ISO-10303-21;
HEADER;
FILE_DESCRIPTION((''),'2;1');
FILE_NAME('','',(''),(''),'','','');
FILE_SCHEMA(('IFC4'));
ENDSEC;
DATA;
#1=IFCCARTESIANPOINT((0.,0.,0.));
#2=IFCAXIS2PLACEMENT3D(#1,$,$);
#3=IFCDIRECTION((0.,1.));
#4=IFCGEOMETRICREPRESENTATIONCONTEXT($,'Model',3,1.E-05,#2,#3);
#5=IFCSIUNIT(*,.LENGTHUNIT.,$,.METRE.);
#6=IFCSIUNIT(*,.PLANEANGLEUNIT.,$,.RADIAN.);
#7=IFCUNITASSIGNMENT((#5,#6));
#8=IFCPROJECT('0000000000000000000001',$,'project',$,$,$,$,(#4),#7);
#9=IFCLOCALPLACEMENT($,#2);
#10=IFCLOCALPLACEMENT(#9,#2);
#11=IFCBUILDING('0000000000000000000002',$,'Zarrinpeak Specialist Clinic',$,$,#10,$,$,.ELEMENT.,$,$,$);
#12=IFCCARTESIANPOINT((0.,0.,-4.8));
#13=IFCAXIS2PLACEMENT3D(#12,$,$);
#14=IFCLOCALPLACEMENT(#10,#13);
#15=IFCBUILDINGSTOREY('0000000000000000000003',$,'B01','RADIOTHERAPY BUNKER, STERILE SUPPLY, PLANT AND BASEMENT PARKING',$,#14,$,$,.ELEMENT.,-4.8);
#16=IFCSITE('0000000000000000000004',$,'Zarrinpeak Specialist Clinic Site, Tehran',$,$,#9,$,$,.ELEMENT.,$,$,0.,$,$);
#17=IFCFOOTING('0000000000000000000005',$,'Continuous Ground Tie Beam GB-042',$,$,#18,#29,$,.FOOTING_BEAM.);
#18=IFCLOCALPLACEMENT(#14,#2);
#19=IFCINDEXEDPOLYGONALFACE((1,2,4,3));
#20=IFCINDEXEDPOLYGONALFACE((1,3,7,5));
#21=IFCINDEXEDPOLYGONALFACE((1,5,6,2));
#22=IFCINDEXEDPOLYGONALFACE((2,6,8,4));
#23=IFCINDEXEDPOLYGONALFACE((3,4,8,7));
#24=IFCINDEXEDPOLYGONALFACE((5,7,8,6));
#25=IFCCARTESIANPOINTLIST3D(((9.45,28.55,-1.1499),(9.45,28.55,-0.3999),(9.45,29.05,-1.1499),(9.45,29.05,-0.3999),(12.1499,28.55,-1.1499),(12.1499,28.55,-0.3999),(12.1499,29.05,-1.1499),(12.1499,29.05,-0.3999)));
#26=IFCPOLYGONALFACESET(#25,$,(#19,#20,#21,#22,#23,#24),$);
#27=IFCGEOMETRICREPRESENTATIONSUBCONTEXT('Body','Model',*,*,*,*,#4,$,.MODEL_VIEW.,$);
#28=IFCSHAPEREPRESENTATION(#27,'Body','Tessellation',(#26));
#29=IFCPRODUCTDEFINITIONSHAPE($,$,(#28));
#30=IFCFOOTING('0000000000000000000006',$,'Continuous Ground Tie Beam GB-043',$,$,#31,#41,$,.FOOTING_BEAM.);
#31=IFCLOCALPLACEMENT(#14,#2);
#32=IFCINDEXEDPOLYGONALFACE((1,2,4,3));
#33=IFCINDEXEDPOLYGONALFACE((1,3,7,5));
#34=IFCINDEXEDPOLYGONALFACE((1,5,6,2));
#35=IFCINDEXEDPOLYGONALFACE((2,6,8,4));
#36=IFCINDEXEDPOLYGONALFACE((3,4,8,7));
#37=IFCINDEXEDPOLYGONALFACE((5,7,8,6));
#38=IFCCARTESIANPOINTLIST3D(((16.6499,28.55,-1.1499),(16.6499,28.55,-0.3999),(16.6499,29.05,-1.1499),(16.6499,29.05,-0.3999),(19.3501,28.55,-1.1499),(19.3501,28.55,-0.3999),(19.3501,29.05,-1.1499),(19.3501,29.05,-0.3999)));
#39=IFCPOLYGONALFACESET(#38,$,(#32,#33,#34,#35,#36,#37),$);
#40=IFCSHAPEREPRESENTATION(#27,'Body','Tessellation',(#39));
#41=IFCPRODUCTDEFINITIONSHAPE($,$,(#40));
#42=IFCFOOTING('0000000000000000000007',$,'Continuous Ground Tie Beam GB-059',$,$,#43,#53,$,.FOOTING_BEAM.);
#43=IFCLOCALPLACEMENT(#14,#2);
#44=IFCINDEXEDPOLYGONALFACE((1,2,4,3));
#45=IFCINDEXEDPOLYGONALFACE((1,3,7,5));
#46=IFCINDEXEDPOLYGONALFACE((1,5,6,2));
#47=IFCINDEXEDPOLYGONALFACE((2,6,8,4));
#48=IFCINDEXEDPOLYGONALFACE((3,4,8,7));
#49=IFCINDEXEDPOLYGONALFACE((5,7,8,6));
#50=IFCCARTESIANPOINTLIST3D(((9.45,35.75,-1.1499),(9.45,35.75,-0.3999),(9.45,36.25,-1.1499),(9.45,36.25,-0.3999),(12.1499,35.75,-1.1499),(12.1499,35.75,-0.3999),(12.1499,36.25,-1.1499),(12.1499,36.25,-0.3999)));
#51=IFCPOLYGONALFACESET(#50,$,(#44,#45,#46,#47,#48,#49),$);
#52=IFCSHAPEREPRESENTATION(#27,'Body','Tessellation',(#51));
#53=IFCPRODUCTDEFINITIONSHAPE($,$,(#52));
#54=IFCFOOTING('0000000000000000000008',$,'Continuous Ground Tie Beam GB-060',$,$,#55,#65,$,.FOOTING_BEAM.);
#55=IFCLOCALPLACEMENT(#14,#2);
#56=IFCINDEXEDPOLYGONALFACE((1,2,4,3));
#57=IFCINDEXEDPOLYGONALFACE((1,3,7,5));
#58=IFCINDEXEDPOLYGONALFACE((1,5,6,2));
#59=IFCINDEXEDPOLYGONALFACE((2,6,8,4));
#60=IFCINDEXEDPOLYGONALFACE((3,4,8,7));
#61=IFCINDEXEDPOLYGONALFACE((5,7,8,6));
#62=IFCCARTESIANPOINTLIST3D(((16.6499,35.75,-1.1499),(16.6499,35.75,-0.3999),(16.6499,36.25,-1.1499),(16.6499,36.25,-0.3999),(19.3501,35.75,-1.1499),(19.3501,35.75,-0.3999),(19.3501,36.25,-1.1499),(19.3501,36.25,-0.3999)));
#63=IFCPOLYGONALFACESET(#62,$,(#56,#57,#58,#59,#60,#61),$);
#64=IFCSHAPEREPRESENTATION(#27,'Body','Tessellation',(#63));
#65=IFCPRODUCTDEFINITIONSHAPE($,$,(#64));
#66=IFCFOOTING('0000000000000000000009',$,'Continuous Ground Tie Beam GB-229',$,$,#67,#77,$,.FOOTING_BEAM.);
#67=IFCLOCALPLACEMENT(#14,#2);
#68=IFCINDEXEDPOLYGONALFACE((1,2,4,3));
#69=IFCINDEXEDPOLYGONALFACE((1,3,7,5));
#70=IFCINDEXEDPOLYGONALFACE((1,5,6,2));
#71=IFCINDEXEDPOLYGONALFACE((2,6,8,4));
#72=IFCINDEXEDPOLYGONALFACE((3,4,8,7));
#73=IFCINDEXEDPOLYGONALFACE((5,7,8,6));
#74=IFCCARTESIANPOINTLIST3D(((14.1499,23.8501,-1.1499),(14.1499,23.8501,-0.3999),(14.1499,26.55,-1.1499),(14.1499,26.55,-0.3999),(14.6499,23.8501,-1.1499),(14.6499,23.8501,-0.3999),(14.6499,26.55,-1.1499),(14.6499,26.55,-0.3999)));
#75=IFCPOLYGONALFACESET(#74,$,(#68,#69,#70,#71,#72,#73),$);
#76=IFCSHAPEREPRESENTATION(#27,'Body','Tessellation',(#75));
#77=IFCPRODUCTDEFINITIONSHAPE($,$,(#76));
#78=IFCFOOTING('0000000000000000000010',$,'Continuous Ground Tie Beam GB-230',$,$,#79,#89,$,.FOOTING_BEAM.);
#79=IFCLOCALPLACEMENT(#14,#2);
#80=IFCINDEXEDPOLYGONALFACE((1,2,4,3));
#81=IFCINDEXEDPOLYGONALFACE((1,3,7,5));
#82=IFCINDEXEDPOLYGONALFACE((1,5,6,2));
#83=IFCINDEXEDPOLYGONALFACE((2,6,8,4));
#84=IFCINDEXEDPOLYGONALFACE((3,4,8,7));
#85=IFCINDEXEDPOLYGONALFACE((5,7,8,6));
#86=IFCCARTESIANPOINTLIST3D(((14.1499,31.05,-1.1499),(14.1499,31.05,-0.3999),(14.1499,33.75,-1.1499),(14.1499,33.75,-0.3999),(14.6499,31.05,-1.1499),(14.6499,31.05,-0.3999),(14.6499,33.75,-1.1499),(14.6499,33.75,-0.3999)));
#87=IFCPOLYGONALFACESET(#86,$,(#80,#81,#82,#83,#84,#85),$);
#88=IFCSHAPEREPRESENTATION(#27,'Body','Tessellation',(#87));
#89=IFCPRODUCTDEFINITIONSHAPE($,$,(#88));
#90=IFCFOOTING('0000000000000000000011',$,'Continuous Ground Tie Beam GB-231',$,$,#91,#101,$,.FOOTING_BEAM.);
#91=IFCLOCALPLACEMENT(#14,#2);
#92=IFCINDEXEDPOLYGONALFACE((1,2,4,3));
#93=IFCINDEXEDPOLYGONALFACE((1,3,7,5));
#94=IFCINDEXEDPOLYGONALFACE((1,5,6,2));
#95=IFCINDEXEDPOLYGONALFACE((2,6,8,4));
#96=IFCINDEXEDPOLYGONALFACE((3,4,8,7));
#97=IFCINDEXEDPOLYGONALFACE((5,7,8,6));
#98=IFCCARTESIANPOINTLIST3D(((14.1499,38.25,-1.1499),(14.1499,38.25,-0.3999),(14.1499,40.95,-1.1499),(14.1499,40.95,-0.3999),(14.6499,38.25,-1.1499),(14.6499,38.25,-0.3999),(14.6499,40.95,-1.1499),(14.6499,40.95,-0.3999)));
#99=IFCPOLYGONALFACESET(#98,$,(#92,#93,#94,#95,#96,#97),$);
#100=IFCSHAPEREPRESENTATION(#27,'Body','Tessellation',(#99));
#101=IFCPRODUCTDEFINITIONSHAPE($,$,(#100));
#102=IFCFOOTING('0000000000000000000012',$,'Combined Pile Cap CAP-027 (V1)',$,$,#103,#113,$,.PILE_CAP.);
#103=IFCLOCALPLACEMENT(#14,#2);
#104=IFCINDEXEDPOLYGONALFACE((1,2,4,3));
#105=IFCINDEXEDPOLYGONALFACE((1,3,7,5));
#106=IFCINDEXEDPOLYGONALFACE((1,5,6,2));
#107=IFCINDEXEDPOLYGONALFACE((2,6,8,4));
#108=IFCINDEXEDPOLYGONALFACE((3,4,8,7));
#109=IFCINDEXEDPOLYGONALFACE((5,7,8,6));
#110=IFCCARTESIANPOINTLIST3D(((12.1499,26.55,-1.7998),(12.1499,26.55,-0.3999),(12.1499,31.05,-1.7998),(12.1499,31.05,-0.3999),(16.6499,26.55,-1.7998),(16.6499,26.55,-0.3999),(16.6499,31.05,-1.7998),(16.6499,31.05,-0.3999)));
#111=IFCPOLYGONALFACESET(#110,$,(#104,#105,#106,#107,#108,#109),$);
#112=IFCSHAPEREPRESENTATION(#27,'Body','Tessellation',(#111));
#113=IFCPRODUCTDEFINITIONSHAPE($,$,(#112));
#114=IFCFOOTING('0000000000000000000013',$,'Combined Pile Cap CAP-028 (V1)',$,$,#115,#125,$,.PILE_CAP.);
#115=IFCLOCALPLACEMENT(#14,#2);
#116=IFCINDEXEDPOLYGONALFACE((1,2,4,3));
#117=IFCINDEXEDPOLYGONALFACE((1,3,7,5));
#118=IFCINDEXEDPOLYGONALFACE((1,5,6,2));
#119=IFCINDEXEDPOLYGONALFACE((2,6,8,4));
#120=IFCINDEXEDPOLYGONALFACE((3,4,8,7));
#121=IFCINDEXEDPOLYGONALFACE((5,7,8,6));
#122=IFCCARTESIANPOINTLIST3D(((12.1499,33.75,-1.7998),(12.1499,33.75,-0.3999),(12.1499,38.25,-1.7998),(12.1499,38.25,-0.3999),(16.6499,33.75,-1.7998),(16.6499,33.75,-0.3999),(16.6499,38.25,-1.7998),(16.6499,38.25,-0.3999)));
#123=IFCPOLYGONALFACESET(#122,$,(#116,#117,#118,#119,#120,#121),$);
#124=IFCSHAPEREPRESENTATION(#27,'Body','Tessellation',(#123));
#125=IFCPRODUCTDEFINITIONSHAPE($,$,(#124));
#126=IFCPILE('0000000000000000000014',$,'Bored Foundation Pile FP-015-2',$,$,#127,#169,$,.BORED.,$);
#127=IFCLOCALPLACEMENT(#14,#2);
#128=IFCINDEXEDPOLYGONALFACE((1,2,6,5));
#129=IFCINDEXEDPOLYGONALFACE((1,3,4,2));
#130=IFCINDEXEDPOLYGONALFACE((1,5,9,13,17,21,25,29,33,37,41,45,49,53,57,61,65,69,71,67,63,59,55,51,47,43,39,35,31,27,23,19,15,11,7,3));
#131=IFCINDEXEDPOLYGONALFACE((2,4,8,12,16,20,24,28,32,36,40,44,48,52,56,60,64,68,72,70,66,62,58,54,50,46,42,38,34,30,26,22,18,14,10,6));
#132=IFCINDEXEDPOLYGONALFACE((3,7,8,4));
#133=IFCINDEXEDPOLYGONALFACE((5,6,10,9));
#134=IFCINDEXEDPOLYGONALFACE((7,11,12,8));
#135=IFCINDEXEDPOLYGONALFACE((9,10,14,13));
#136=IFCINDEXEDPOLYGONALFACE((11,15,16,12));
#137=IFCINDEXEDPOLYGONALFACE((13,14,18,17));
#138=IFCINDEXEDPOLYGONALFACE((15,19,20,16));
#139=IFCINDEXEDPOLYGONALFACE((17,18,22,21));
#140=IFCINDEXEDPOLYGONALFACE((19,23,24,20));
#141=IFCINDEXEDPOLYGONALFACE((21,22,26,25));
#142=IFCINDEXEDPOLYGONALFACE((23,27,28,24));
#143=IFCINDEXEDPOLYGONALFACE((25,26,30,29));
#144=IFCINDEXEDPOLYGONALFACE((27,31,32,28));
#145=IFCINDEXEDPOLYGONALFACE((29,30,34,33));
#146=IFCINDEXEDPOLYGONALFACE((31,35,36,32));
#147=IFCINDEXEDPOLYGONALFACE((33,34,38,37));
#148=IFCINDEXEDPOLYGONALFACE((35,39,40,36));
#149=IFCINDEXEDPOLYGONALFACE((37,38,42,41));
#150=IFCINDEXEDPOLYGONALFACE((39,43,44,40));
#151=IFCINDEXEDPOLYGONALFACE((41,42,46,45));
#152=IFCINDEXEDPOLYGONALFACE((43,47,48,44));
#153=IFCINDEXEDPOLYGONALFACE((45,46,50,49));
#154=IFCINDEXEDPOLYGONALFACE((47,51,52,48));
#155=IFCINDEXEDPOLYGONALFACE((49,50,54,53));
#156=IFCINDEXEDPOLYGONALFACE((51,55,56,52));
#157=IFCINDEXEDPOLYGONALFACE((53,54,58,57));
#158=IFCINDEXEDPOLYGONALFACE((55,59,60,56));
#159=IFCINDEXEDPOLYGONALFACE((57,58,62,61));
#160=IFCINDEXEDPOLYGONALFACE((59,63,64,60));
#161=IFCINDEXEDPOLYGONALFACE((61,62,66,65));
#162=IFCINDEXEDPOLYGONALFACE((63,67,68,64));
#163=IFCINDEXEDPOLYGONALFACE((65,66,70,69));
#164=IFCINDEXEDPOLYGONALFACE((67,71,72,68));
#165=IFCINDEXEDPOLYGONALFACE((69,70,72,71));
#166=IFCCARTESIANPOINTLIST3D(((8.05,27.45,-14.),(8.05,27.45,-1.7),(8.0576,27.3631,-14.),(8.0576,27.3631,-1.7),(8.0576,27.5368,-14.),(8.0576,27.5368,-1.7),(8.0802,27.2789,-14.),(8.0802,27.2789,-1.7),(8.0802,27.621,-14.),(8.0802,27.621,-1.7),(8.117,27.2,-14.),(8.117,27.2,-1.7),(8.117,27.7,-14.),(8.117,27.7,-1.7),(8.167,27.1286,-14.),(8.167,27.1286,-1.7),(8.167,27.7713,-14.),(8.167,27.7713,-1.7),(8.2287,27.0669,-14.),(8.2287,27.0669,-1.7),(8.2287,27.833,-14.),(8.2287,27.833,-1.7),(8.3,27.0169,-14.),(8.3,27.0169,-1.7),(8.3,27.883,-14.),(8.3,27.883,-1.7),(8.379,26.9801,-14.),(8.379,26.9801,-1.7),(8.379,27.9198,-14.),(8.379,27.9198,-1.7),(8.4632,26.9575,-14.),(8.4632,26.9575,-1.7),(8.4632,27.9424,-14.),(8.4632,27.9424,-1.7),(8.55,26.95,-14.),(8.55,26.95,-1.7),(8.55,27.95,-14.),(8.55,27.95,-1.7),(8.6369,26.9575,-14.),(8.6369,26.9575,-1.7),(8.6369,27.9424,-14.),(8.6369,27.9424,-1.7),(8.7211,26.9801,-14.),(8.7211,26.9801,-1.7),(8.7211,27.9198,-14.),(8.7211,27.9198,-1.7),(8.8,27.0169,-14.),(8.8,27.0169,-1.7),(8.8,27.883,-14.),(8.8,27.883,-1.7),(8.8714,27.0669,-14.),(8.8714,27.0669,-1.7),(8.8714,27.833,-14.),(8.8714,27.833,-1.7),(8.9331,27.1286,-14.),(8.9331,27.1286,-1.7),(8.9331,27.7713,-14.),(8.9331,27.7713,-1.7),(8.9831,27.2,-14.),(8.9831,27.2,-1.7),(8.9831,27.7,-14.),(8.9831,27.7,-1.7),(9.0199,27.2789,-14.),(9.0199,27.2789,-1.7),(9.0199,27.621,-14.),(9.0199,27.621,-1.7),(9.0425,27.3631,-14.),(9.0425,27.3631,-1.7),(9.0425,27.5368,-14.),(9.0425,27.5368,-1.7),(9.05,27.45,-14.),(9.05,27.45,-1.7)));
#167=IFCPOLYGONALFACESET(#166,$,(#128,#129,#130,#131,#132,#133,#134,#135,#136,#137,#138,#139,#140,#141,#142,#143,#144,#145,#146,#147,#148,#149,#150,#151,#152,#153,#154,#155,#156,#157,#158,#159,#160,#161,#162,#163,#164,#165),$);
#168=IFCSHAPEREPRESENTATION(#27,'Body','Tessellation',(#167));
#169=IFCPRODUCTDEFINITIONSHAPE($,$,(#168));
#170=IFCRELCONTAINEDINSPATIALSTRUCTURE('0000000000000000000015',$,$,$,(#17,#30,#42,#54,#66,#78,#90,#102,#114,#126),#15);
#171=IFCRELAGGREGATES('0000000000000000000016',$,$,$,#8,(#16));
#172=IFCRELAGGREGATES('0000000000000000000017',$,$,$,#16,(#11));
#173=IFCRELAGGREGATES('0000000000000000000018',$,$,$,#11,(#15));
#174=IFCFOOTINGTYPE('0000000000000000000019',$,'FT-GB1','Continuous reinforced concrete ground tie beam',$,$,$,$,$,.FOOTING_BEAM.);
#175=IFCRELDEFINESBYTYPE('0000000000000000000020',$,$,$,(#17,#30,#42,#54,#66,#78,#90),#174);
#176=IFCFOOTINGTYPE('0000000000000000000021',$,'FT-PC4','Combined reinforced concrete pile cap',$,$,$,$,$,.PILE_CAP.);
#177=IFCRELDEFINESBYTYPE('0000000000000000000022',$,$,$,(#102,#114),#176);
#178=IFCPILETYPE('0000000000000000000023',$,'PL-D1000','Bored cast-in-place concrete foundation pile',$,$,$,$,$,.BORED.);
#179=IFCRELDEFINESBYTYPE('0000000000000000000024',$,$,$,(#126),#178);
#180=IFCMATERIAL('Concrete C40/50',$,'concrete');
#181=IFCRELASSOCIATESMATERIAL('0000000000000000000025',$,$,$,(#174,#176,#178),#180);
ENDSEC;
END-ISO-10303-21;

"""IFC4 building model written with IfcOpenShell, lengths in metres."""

from ifc_helpers import new_model, si_unit, direction, frame, origin, origin_2d, place, context, subcontext, project, spatial, rectangle, circle, extrude, material, material_profile, profile_set, type_object, element, save


model = new_model("IFC4")

# Units and contexts
model_context = context("Model", 3, precision=1e-05, world=origin(), true_north=direction((0.0, 1.0)))
body_context = subcontext(model_context, "Body", "Model", "MODEL_VIEW")
ifc_project = project(units=[si_unit("LENGTHUNIT", "METRE"), si_unit("PLANEANGLEUNIT", "RADIAN")], contexts=[model_context])

# Site, building, storey
site_placement = place(None, origin())
site = spatial("IfcSite", under=ifc_project, at=site_placement, Name="Zarrinpeak Specialist Clinic Site, Tehran", CompositionType="ELEMENT", RefElevation=0.0)
building_placement = place(site_placement, origin())
building = spatial("IfcBuilding", under=site, at=building_placement, Name="Zarrinpeak Specialist Clinic", CompositionType="ELEMENT")
storey_placement = place(building_placement, frame((0.0, 0.0, -4.8)))
storey = spatial("IfcBuildingStorey", under=building, at=storey_placement, Name="B01", Description="RADIOTHERAPY BUNKER, STERILE SUPPLY, PLANT AND BASEMENT PARKING", CompositionType="ELEMENT", Elevation=-4.8)

# Footings
ifc_material_1 = material(Name="Concrete C40/50", Category="concrete")
ifc_material_profile_1 = material_profile(ifc_material_1, rectangle(XDim=0.5, YDim=0.75, at=origin_2d()), Name="RC 500x750")
ifc_profile_set_1 = profile_set([ifc_material_profile_1], Name="Concrete C40/50")
footing_type_1 = type_object("IfcFootingType", Name="FT-GB1", Description="Continuous reinforced concrete ground tie beam", PredefinedType="FOOTING_BEAM", material=ifc_profile_set_1)
footing_1_placement = place(storey_placement, frame((9.45, 28.8, -0.7749), z_axis=(1.0, 0.0, 0.0), x_axis=(0.0, 1.0, 0.0)))
element("IfcFooting", 1, at=footing_1_placement, inside=storey, type_object=footing_type_1, Name="Continuous Ground Tie Beam GB-042", PredefinedType="FOOTING_BEAM", context=body_context, shape_type="SweptSolid", body=[
    extrude(rectangle(XDim=0.5, YDim=0.75, at=origin_2d()), origin(), (0.0, 0.0, 1.0), 2.7),
])
footing_2_placement = place(storey_placement, frame((16.6499, 28.8, -0.7749), z_axis=(1.0, 0.0, 0.0), x_axis=(0.0, 1.0, 0.0)))
element("IfcFooting", 2, at=footing_2_placement, inside=storey, type_object=footing_type_1, Name="Continuous Ground Tie Beam GB-043", PredefinedType="FOOTING_BEAM", context=body_context, shape_type="SweptSolid", body=[
    extrude(rectangle(XDim=0.5, YDim=0.75, at=origin_2d()), origin(), (0.0, 0.0, 1.0), 2.7002),
])
footing_3_placement = place(storey_placement, frame((9.45, 36.0, -0.7749), z_axis=(1.0, 0.0, 0.0), x_axis=(0.0, 1.0, 0.0)))
element("IfcFooting", 3, at=footing_3_placement, inside=storey, type_object=footing_type_1, Name="Continuous Ground Tie Beam GB-059", PredefinedType="FOOTING_BEAM", context=body_context, shape_type="SweptSolid", body=[
    extrude(rectangle(XDim=0.5, YDim=0.75, at=origin_2d()), origin(), (0.0, 0.0, 1.0), 2.7),
])
footing_4_placement = place(storey_placement, frame((16.6499, 36.0, -0.7749), z_axis=(1.0, 0.0, 0.0), x_axis=(0.0, 1.0, 0.0)))
element("IfcFooting", 4, at=footing_4_placement, inside=storey, type_object=footing_type_1, Name="Continuous Ground Tie Beam GB-060", PredefinedType="FOOTING_BEAM", context=body_context, shape_type="SweptSolid", body=[
    extrude(rectangle(XDim=0.5, YDim=0.75, at=origin_2d()), origin(), (0.0, 0.0, 1.0), 2.7002),
])
for number, where, z_axis, x_axis, name in (
    (5, (14.3999, 23.8501, -0.7749), (0.0, 1.0, 0.0), (-1.0, 0.0, 0.0), "Continuous Ground Tie Beam GB-229"),
    (6, (14.3999, 31.05, -0.7749), (0.0, 1.0, 0.0), (-1.0, 0.0, 0.0), "Continuous Ground Tie Beam GB-230"),
    (7, (14.3999, 38.25, -0.7749), (0.0, 1.0, 0.0), (-1.0, 0.0, 0.0), "Continuous Ground Tie Beam GB-231"),
):
    element("IfcFooting", number, at=place(storey_placement, frame(where, z_axis=z_axis, x_axis=x_axis)), inside=storey, type_object=footing_type_1, Name=name, PredefinedType="FOOTING_BEAM", context=body_context, shape_type="SweptSolid", body=[
        extrude(rectangle(XDim=0.5, YDim=0.75, at=origin_2d()), origin(), (0.0, 0.0, 1.0), 2.7),
    ])
footing_type_2 = type_object("IfcFootingType", Name="FT-PC4", Description="Combined reinforced concrete pile cap", PredefinedType="PILE_CAP", material=ifc_material_1)
for number, where, z_axis, x_axis, name in (
    (8, (14.3999, 28.8, -1.7998), (0.0, 0.0, 1.0), (1.0, 0.0, 0.0), "Combined Pile Cap CAP-027 (V1)"),
    (9, (14.3999, 36.0, -1.7998), (0.0, 0.0, 1.0), (1.0, 0.0, 0.0), "Combined Pile Cap CAP-028 (V1)"),
):
    element("IfcFooting", number, at=place(storey_placement, frame(where, z_axis=z_axis, x_axis=x_axis)), inside=storey, type_object=footing_type_2, Name=name, PredefinedType="PILE_CAP", context=body_context, shape_type="SweptSolid", body=[
        extrude(rectangle(XDim=4.5, YDim=4.5, at=origin_2d()), origin(), (0.0, 0.0, 1.0), 1.3999),
    ])

# Pile
ifc_material_profile_2 = material_profile(ifc_material_1, circle(Radius=0.5, at=origin_2d()), Name="BORED PILE D1000")
ifc_profile_set_2 = profile_set([ifc_material_profile_2], Name="Concrete C40/50")
pile_type = type_object("IfcPileType", Name="PL-D1000", Description="Bored cast-in-place concrete foundation pile", PredefinedType="BORED", material=ifc_profile_set_2)
for number, where, z_axis, x_axis, name in (
    (10, (8.55, 27.45, -1.7), (0.0, 0.0, -1.0), (1.0, 0.0, 0.0), "Bored Foundation Pile FP-015-2"),
):
    element("IfcPile", number, at=place(storey_placement, frame(where, z_axis=z_axis, x_axis=x_axis)), inside=storey, type_object=pile_type, Name=name, PredefinedType="BORED", context=body_context, shape_type="SweptSolid", body=[
        extrude(circle(Radius=0.5, at=origin_2d()), origin(), (0.0, 0.0, 1.0), 12.3),
    ])

save(model, "model.ifc")
